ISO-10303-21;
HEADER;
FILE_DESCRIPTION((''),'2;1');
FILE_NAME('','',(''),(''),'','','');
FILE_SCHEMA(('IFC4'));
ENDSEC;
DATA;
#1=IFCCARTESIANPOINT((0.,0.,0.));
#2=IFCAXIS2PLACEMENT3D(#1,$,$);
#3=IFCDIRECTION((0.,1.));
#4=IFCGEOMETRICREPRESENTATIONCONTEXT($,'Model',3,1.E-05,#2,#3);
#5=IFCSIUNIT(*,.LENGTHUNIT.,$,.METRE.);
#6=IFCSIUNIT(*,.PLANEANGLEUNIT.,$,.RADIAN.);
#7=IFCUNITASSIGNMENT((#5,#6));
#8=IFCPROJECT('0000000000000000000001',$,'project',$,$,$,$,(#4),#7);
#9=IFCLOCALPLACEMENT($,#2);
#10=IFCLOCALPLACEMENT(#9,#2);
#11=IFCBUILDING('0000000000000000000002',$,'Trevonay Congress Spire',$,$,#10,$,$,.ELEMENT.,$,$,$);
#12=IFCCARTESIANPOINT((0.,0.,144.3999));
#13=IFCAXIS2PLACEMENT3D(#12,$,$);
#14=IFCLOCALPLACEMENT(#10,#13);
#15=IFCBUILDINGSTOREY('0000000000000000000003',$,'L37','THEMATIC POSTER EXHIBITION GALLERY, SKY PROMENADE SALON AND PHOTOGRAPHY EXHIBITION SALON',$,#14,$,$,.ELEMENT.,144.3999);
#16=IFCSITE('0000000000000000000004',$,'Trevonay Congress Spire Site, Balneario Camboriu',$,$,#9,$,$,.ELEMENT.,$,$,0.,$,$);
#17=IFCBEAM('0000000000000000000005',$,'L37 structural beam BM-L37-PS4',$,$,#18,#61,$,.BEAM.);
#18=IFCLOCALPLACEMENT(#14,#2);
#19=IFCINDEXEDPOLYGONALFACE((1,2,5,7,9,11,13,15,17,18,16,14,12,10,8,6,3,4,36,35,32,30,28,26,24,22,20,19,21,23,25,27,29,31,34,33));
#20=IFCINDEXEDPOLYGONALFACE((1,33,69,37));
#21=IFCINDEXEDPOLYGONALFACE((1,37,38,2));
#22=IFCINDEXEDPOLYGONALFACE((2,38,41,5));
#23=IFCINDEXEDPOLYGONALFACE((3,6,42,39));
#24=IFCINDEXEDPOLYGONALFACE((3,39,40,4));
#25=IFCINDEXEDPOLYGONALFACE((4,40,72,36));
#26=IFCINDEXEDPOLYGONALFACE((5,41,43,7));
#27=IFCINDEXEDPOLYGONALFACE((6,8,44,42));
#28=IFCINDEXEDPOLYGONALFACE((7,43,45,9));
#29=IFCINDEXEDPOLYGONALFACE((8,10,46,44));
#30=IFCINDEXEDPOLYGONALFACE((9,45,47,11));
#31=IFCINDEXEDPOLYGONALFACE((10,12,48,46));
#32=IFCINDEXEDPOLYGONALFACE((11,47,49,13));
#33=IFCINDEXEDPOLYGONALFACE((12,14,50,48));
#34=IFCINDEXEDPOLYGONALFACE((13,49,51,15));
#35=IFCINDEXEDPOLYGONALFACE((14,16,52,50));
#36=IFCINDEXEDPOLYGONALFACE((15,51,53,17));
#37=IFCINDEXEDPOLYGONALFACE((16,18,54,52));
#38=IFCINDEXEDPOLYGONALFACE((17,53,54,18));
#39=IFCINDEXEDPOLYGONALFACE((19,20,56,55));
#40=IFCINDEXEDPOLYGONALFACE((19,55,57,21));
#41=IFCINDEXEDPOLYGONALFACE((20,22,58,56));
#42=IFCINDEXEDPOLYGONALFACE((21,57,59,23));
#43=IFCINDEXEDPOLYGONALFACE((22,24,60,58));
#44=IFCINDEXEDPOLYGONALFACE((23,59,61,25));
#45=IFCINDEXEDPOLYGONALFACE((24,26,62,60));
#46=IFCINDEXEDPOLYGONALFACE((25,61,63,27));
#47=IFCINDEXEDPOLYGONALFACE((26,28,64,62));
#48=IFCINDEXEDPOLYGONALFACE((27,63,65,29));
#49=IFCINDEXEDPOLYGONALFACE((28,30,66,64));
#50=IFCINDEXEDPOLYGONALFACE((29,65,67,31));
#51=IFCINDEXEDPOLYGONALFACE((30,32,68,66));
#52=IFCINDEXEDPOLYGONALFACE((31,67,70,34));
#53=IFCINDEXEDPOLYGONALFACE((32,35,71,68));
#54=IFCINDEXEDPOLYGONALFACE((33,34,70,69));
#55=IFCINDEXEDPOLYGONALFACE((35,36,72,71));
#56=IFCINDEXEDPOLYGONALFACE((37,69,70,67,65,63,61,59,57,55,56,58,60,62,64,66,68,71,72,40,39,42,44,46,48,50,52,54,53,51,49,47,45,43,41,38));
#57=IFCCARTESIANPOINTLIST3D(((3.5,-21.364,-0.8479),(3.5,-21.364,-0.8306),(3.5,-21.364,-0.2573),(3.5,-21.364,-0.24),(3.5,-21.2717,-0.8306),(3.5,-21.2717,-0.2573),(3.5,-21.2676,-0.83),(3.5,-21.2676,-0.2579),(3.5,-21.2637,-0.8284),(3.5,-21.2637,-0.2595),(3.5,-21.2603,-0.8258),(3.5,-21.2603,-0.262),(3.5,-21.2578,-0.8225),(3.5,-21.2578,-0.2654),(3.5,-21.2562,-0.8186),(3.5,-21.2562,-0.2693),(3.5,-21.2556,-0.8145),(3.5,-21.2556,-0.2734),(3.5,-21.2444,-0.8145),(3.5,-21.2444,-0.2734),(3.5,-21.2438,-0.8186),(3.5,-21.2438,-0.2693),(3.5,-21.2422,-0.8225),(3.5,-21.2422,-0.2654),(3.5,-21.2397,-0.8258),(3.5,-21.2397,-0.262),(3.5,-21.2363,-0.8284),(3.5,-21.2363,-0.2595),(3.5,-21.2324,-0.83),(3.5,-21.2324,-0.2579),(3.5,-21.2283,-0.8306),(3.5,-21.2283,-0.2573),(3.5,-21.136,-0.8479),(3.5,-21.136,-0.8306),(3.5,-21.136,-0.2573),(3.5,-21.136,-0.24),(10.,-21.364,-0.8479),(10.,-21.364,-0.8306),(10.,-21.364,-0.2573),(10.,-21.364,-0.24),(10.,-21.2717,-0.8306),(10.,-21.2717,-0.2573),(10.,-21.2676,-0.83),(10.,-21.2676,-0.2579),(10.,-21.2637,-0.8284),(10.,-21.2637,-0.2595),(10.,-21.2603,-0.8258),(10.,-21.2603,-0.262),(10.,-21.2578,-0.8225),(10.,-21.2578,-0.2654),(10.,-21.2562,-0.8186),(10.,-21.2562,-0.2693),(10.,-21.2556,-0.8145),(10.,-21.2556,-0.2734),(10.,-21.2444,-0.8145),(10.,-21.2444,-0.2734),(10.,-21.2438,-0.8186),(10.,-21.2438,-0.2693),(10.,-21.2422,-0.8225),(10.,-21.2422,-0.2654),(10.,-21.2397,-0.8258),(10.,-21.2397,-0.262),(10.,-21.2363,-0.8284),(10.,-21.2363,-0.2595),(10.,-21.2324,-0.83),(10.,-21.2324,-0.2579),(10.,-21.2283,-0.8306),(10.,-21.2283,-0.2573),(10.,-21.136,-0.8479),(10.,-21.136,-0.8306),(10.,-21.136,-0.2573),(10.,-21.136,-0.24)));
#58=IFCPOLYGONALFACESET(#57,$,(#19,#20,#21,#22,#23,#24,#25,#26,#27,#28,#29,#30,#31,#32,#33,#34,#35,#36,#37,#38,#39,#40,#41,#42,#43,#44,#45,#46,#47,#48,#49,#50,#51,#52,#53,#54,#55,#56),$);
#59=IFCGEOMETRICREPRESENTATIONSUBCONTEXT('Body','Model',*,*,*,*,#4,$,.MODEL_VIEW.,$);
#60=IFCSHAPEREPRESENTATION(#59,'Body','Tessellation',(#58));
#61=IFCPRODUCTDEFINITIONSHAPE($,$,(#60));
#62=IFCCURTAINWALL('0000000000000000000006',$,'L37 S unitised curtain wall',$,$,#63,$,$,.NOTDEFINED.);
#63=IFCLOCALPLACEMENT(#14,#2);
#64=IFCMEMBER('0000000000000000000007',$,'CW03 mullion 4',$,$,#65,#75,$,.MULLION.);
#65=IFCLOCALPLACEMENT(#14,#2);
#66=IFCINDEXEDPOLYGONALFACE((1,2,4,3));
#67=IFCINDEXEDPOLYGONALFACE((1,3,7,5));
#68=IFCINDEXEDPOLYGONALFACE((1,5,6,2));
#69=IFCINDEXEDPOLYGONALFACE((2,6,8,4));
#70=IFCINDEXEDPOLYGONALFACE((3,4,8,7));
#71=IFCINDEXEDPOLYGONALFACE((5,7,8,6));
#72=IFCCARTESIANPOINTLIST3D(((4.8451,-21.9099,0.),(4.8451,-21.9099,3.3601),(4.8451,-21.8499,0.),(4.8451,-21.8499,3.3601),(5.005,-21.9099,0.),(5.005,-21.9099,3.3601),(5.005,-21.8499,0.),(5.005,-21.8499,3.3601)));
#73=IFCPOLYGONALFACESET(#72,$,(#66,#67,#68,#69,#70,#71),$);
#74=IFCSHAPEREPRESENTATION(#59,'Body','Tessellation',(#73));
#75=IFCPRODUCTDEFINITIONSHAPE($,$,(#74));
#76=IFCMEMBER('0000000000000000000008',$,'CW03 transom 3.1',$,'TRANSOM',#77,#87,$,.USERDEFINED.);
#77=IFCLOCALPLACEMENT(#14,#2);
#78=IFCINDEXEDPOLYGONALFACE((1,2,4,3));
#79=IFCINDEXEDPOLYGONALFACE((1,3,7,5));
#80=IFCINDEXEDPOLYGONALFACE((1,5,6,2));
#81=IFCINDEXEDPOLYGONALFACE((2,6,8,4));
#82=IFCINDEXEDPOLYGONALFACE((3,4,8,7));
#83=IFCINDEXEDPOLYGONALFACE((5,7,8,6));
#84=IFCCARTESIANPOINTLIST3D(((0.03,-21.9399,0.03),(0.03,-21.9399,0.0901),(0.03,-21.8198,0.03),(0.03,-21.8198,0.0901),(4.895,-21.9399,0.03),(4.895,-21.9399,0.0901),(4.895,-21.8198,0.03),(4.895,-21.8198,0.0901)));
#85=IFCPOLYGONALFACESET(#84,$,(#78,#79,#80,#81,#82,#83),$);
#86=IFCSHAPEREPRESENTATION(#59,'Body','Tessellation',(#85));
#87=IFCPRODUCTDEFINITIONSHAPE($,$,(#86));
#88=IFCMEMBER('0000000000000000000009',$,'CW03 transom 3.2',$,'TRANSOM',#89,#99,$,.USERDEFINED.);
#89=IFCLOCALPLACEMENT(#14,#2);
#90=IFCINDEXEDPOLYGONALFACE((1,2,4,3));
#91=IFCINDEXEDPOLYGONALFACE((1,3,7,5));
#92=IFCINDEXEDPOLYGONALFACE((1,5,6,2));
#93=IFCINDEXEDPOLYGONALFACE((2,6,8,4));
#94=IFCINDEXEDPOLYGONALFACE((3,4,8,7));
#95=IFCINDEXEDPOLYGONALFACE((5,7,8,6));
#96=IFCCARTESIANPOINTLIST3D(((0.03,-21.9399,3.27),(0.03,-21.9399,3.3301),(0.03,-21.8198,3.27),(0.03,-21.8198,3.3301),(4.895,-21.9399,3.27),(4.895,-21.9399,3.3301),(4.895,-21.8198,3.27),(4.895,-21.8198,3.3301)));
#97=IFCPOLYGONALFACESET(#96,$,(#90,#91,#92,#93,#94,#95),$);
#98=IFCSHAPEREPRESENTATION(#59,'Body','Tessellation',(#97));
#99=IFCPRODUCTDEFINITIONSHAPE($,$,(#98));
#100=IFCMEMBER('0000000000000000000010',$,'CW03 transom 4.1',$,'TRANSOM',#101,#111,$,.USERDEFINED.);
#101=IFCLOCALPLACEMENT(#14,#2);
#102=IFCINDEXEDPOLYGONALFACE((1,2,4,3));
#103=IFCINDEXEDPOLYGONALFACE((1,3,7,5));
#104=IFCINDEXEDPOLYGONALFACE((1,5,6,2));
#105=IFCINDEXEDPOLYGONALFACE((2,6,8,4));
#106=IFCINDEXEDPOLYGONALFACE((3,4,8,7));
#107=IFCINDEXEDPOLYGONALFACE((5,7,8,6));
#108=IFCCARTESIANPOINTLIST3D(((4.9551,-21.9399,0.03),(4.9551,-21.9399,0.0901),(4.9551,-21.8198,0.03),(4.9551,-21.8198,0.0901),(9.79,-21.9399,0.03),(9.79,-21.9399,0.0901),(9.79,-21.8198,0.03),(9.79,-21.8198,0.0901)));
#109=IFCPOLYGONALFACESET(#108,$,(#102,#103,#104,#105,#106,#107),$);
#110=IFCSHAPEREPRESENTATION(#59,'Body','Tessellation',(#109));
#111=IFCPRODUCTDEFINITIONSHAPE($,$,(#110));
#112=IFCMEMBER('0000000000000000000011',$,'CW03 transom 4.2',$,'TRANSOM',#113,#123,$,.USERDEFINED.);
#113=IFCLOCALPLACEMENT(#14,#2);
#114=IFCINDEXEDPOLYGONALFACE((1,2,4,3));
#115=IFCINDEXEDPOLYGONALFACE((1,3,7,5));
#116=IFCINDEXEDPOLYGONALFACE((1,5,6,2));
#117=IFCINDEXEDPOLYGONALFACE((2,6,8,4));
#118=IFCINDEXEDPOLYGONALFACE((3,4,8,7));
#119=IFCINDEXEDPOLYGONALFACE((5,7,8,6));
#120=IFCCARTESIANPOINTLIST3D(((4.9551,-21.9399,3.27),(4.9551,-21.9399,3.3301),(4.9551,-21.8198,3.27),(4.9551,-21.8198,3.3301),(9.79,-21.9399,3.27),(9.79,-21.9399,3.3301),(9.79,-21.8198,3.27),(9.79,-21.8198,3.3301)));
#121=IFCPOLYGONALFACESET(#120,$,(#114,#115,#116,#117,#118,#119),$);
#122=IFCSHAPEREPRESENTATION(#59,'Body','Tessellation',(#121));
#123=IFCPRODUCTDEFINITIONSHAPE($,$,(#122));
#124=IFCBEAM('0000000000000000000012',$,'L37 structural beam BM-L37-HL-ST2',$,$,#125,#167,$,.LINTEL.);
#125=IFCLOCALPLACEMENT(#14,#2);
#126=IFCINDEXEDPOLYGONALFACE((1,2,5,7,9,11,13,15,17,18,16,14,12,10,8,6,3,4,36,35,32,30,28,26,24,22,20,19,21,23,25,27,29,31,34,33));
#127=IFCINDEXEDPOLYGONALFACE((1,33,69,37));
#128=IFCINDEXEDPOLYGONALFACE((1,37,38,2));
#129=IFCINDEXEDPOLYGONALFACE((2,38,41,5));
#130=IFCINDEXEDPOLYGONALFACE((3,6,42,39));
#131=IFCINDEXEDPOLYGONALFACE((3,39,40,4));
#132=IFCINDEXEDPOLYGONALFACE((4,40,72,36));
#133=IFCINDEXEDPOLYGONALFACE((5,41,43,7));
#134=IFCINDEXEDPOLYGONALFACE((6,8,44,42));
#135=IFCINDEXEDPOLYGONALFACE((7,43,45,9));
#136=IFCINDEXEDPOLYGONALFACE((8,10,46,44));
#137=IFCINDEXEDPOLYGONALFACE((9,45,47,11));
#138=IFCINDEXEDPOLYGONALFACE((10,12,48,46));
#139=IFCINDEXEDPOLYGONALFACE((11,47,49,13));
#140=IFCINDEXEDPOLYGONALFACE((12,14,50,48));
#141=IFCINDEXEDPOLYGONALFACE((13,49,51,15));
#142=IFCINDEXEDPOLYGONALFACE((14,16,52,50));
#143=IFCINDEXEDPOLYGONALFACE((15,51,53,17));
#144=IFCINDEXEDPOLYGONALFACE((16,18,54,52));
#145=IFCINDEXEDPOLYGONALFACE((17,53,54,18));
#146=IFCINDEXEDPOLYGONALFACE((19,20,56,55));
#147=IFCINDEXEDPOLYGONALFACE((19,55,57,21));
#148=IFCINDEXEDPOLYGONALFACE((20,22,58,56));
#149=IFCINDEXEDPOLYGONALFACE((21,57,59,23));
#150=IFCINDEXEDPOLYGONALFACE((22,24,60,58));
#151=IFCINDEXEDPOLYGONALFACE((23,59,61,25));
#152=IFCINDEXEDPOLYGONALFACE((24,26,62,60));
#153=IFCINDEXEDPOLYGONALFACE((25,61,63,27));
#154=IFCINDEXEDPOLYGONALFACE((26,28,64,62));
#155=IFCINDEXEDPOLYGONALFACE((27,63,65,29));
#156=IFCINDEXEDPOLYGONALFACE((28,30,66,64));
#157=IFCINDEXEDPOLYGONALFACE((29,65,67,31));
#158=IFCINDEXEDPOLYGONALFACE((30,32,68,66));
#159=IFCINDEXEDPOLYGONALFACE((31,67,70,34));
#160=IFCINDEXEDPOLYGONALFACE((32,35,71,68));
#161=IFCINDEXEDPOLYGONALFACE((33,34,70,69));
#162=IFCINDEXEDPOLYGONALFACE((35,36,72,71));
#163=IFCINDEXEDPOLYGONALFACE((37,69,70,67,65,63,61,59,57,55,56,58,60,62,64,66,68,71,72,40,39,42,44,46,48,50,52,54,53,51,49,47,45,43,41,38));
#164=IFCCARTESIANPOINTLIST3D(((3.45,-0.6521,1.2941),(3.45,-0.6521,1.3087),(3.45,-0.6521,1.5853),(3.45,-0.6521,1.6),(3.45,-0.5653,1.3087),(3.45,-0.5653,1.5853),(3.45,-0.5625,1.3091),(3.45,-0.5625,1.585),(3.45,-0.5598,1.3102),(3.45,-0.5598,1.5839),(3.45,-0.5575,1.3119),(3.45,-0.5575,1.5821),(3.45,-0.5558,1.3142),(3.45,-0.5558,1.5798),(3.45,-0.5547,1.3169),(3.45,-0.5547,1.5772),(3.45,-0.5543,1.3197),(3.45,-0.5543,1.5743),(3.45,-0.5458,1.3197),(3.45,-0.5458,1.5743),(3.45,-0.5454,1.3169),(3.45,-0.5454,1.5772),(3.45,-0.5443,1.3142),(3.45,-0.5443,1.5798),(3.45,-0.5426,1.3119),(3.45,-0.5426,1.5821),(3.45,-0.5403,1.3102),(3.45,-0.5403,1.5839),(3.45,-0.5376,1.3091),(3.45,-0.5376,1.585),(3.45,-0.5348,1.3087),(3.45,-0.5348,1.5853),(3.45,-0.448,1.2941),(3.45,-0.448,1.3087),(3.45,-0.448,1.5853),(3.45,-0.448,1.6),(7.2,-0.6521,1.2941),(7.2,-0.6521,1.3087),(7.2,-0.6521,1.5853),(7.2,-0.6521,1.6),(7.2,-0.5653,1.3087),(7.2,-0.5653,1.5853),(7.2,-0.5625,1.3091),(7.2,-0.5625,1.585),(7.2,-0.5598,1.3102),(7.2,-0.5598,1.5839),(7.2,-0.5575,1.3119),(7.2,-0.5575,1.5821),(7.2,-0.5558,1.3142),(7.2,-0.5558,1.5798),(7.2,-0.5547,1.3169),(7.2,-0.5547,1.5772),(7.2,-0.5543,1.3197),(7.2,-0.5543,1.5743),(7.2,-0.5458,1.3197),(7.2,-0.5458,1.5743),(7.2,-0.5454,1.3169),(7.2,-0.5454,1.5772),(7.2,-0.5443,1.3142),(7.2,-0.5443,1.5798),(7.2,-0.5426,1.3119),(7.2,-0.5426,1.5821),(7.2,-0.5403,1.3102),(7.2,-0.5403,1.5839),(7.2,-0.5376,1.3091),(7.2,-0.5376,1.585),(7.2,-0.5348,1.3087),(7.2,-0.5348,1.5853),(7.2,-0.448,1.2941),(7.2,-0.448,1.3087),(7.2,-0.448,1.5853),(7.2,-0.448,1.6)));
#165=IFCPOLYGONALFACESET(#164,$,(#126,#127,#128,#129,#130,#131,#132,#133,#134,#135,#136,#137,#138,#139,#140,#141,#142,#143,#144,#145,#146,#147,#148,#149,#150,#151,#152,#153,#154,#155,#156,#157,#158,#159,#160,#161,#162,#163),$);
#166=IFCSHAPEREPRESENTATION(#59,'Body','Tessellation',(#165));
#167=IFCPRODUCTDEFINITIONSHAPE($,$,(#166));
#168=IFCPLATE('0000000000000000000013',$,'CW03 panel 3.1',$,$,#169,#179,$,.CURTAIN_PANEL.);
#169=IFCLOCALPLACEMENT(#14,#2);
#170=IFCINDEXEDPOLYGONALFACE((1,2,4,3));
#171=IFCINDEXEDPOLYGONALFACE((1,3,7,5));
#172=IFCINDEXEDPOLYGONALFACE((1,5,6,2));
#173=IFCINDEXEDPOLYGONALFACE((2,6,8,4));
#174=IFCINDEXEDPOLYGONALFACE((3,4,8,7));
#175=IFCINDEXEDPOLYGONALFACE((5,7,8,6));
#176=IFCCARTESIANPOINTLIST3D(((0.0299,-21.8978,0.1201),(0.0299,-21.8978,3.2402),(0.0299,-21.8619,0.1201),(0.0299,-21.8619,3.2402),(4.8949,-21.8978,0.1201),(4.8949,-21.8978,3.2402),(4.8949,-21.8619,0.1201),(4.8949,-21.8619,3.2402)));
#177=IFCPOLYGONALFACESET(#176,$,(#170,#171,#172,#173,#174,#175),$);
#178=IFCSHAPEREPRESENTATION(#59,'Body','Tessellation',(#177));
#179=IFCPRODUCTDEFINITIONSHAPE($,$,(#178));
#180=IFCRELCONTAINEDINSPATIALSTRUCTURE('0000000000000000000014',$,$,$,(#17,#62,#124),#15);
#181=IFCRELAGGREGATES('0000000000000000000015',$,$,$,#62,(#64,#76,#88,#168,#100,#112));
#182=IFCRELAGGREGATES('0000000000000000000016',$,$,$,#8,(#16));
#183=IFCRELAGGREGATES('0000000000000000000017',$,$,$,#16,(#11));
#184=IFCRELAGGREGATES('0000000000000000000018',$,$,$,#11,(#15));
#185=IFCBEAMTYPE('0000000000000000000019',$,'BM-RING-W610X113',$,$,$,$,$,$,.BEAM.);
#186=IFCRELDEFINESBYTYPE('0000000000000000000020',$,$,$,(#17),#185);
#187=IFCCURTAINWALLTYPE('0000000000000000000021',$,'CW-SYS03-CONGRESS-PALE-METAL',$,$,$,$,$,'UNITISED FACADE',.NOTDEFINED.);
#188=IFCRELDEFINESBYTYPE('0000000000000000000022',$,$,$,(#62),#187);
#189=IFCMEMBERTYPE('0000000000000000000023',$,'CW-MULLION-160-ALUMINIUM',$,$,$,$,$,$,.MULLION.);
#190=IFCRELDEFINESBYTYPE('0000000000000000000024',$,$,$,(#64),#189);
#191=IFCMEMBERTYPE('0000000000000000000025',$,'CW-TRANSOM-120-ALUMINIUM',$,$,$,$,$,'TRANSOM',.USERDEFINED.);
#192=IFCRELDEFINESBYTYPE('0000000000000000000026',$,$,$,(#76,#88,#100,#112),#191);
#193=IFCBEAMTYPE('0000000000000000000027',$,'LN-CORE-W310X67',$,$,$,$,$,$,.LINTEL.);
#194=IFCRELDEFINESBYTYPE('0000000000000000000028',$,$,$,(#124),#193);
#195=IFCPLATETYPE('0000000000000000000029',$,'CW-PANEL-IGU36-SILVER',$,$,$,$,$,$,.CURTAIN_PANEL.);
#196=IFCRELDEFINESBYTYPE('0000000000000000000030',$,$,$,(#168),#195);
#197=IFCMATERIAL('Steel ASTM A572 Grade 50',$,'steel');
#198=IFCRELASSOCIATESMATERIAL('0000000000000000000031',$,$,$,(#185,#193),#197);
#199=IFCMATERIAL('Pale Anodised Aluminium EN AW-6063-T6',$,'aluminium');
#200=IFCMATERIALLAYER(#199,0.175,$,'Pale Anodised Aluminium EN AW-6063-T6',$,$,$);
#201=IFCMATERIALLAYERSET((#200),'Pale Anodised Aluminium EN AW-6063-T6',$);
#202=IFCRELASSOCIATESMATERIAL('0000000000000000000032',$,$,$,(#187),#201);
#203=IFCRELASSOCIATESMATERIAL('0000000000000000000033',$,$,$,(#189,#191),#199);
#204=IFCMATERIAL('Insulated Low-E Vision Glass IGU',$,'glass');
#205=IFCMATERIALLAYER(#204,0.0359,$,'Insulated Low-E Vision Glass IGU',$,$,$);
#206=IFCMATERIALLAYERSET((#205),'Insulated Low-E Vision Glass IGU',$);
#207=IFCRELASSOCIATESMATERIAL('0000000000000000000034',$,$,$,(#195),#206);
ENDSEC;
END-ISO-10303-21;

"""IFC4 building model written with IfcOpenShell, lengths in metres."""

from ifc_helpers import new_model, si_unit, direction, frame, origin, origin_2d, place, context, subcontext, project, spatial, rectangle, i_section, extrude, material, layer, layer_set, material_profile, profile_set, type_object, element, aggregate, save


model = new_model("IFC4")

# Units and contexts
model_context = context("Model", 3, precision=1e-05, world=origin(), true_north=direction((0.0, 1.0)))
body_context = subcontext(model_context, "Body", "Model", "MODEL_VIEW")
ifc_project = project(units=[si_unit("LENGTHUNIT", "METRE"), si_unit("PLANEANGLEUNIT", "RADIAN")], contexts=[model_context])

# Site, building, storey
site_placement = place(None, origin())
site = spatial("IfcSite", under=ifc_project, at=site_placement, Name="Trevonay Congress Spire Site, Balneario Camboriu", CompositionType="ELEMENT", RefElevation=0.0)
building_placement = place(site_placement, origin())
building = spatial("IfcBuilding", under=site, at=building_placement, Name="Trevonay Congress Spire", CompositionType="ELEMENT")
storey_placement = place(building_placement, frame((0.0, 0.0, 144.3999)))
storey = spatial("IfcBuildingStorey", under=building, at=storey_placement, Name="L37", Description="THEMATIC POSTER EXHIBITION GALLERY, SKY PROMENADE SALON AND PHOTOGRAPHY EXHIBITION SALON", CompositionType="ELEMENT", Elevation=144.3999)

# Shared definitions
ifc_material_1 = material(Name="Steel ASTM A572 Grade 50", Category="steel")

# Beam
ifc_material_profile_1 = material_profile(ifc_material_1, i_section(OverallWidth=0.228, OverallDepth=0.6079, WebThickness=0.0112, FlangeThickness=0.0173, FilletRadius=0.0161, at=origin_2d()), Name="W610x113")
ifc_profile_set_1 = profile_set([ifc_material_profile_1], Name="Steel ASTM A572 Grade 50")
beam_type_1 = type_object("IfcBeamType", Name="BM-RING-W610X113", PredefinedType="BEAM", material=ifc_profile_set_1)
beam_1_placement = place(storey_placement, frame((3.5, -21.25, -0.5439), z_axis=(1.0, 0.0, 0.0), x_axis=(0.0, 1.0, 0.0)))
element("IfcBeam", 1, at=beam_1_placement, inside=storey, type_object=beam_type_1, Name="L37 structural beam BM-L37-PS4", PredefinedType="BEAM", context=body_context, shape_type="SweptSolid", body=[
    extrude(i_section(OverallWidth=0.228, OverallDepth=0.6079, WebThickness=0.0112, FlangeThickness=0.0173, FilletRadius=0.0161, at=origin_2d()), origin(), (0.0, 0.0, 1.0), 6.5),
])

# Curtain wall, members
ifc_material_2 = material(Name="Pale Anodised Aluminium EN AW-6063-T6", Category="aluminium")
ifc_layer_1 = layer(ifc_material_2, 0.175, Name="Pale Anodised Aluminium EN AW-6063-T6")
ifc_layer_set_1 = layer_set([ifc_layer_1], Name="Pale Anodised Aluminium EN AW-6063-T6")
curtain_wall_type = type_object("IfcCurtainWallType", Name="CW-SYS03-CONGRESS-PALE-METAL", ElementType="UNITISED FACADE", PredefinedType="NOTDEFINED", material=ifc_layer_set_1)
curtain_wall_placement = place(storey_placement, origin())
curtain_wall = element("IfcCurtainWall", 2, at=curtain_wall_placement, inside=storey, type_object=curtain_wall_type, Name="L37 S unitised curtain wall", PredefinedType="NOTDEFINED")
ifc_material_profile_2 = material_profile(ifc_material_2, rectangle(XDim=0.0601, YDim=0.1599, at=origin_2d()), Name="CW-MULLION-160-ALUMINIUM")
ifc_profile_set_2 = profile_set([ifc_material_profile_2], Name="Pale Anodised Aluminium EN AW-6063-T6")
member_type_1 = type_object("IfcMemberType", Name="CW-MULLION-160-ALUMINIUM", PredefinedType="MULLION", material=ifc_profile_set_2)
member_1_placement = place(storey_placement, frame((4.925, -21.8799, 0.0), z_axis=(0.0, 0.0, 1.0), x_axis=(0.0, 1.0, 0.0)))
member_1 = element("IfcMember", 3, at=member_1_placement, type_object=member_type_1, Name="CW03 mullion 4", PredefinedType="MULLION", context=body_context, shape_type="SweptSolid", body=[
    extrude(rectangle(XDim=0.0601, YDim=0.1599, at=origin_2d()), origin(), (0.0, 0.0, 1.0), 3.3601),
])
ifc_material_profile_3 = material_profile(ifc_material_2, rectangle(XDim=0.1201, YDim=0.0601, at=origin_2d()), Name="CW-TRANSOM-120-ALUMINIUM")
ifc_profile_set_3 = profile_set([ifc_material_profile_3], Name="Pale Anodised Aluminium EN AW-6063-T6")
member_type_2 = type_object("IfcMemberType", Name="CW-TRANSOM-120-ALUMINIUM", ElementType="TRANSOM", PredefinedType="USERDEFINED", material=ifc_profile_set_3)
member_2_placement = place(storey_placement, frame((0.03, -21.8799, 0.0601), z_axis=(1.0, 0.0, 0.0), x_axis=(0.0, 1.0, 0.0)))
member_2 = element("IfcMember", 4, at=member_2_placement, type_object=member_type_2, Name="CW03 transom 3.1", ObjectType="TRANSOM", PredefinedType="USERDEFINED", context=body_context, shape_type="SweptSolid", body=[
    extrude(rectangle(XDim=0.1201, YDim=0.0601, at=origin_2d()), origin(), (0.0, 0.0, 1.0), 4.865),
])
member_3_placement = place(storey_placement, frame((0.03, -21.8799, 3.3), z_axis=(1.0, 0.0, 0.0), x_axis=(0.0, 1.0, 0.0)))
member_3 = element("IfcMember", 5, at=member_3_placement, type_object=member_type_2, Name="CW03 transom 3.2", ObjectType="TRANSOM", PredefinedType="USERDEFINED", context=body_context, shape_type="SweptSolid", body=[
    extrude(rectangle(XDim=0.1201, YDim=0.0601, at=origin_2d()), origin(), (0.0, 0.0, 1.0), 4.865),
])
member_4_placement = place(storey_placement, frame((4.9551, -21.8799, 0.0601), z_axis=(1.0, 0.0, 0.0), x_axis=(0.0, 1.0, 0.0)))
member_4 = element("IfcMember", 6, at=member_4_placement, type_object=member_type_2, Name="CW03 transom 4.1", ObjectType="TRANSOM", PredefinedType="USERDEFINED", context=body_context, shape_type="SweptSolid", body=[
    extrude(rectangle(XDim=0.1201, YDim=0.0601, at=origin_2d()), origin(), (0.0, 0.0, 1.0), 4.835),
])
member_5_placement = place(storey_placement, frame((4.9551, -21.8799, 3.3), z_axis=(1.0, 0.0, 0.0), x_axis=(0.0, 1.0, 0.0)))
member_5 = element("IfcMember", 7, at=member_5_placement, type_object=member_type_2, Name="CW03 transom 4.2", ObjectType="TRANSOM", PredefinedType="USERDEFINED", context=body_context, shape_type="SweptSolid", body=[
    extrude(rectangle(XDim=0.1201, YDim=0.0601, at=origin_2d()), origin(), (0.0, 0.0, 1.0), 4.835),
])

# Beam
ifc_material_profile_4 = material_profile(ifc_material_1, i_section(OverallWidth=0.2041, OverallDepth=0.3059, WebThickness=0.0085, FlangeThickness=0.0146, FilletRadius=0.011, at=origin_2d()), Name="W310x67")
ifc_profile_set_4 = profile_set([ifc_material_profile_4], Name="Steel ASTM A572 Grade 50")
beam_type_2 = type_object("IfcBeamType", Name="LN-CORE-W310X67", PredefinedType="LINTEL", material=ifc_profile_set_4)
beam_2_placement = place(storey_placement, frame((3.45, -0.55, 1.447), z_axis=(1.0, 0.0, 0.0), x_axis=(0.0, 1.0, 0.0)))
element("IfcBeam", 8, at=beam_2_placement, inside=storey, type_object=beam_type_2, Name="L37 structural beam BM-L37-HL-ST2", PredefinedType="LINTEL", context=body_context, shape_type="SweptSolid", body=[
    extrude(i_section(OverallWidth=0.2041, OverallDepth=0.3059, WebThickness=0.0085, FlangeThickness=0.0146, FilletRadius=0.011, at=origin_2d()), origin(), (0.0, 0.0, 1.0), 3.75),
])

# Plate
ifc_material_3 = material(Name="Insulated Low-E Vision Glass IGU", Category="glass")
ifc_layer_2 = layer(ifc_material_3, 0.0359, Name="Insulated Low-E Vision Glass IGU")
ifc_layer_set_2 = layer_set([ifc_layer_2], Name="Insulated Low-E Vision Glass IGU")
plate_type = type_object("IfcPlateType", Name="CW-PANEL-IGU36-SILVER", PredefinedType="CURTAIN_PANEL", material=ifc_layer_set_2)
plate_1_placement = place(storey_placement, frame((2.4624, -21.8799, 0.1201), z_axis=(0.0, 0.0, 1.0), x_axis=(1.0, 0.0, 0.0)))
plate_1 = element("IfcPlate", 9, at=plate_1_placement, type_object=plate_type, Name="CW03 panel 3.1", PredefinedType="CURTAIN_PANEL", context=body_context, shape_type="SweptSolid", body=[
    extrude(rectangle(XDim=4.865, YDim=0.0359, at=origin_2d()), origin(), (0.0, 0.0, 1.0), 3.1201),
])
aggregate(curtain_wall, [member_1, member_2, member_3, plate_1, member_4, member_5])

save(model, "model.ifc")
